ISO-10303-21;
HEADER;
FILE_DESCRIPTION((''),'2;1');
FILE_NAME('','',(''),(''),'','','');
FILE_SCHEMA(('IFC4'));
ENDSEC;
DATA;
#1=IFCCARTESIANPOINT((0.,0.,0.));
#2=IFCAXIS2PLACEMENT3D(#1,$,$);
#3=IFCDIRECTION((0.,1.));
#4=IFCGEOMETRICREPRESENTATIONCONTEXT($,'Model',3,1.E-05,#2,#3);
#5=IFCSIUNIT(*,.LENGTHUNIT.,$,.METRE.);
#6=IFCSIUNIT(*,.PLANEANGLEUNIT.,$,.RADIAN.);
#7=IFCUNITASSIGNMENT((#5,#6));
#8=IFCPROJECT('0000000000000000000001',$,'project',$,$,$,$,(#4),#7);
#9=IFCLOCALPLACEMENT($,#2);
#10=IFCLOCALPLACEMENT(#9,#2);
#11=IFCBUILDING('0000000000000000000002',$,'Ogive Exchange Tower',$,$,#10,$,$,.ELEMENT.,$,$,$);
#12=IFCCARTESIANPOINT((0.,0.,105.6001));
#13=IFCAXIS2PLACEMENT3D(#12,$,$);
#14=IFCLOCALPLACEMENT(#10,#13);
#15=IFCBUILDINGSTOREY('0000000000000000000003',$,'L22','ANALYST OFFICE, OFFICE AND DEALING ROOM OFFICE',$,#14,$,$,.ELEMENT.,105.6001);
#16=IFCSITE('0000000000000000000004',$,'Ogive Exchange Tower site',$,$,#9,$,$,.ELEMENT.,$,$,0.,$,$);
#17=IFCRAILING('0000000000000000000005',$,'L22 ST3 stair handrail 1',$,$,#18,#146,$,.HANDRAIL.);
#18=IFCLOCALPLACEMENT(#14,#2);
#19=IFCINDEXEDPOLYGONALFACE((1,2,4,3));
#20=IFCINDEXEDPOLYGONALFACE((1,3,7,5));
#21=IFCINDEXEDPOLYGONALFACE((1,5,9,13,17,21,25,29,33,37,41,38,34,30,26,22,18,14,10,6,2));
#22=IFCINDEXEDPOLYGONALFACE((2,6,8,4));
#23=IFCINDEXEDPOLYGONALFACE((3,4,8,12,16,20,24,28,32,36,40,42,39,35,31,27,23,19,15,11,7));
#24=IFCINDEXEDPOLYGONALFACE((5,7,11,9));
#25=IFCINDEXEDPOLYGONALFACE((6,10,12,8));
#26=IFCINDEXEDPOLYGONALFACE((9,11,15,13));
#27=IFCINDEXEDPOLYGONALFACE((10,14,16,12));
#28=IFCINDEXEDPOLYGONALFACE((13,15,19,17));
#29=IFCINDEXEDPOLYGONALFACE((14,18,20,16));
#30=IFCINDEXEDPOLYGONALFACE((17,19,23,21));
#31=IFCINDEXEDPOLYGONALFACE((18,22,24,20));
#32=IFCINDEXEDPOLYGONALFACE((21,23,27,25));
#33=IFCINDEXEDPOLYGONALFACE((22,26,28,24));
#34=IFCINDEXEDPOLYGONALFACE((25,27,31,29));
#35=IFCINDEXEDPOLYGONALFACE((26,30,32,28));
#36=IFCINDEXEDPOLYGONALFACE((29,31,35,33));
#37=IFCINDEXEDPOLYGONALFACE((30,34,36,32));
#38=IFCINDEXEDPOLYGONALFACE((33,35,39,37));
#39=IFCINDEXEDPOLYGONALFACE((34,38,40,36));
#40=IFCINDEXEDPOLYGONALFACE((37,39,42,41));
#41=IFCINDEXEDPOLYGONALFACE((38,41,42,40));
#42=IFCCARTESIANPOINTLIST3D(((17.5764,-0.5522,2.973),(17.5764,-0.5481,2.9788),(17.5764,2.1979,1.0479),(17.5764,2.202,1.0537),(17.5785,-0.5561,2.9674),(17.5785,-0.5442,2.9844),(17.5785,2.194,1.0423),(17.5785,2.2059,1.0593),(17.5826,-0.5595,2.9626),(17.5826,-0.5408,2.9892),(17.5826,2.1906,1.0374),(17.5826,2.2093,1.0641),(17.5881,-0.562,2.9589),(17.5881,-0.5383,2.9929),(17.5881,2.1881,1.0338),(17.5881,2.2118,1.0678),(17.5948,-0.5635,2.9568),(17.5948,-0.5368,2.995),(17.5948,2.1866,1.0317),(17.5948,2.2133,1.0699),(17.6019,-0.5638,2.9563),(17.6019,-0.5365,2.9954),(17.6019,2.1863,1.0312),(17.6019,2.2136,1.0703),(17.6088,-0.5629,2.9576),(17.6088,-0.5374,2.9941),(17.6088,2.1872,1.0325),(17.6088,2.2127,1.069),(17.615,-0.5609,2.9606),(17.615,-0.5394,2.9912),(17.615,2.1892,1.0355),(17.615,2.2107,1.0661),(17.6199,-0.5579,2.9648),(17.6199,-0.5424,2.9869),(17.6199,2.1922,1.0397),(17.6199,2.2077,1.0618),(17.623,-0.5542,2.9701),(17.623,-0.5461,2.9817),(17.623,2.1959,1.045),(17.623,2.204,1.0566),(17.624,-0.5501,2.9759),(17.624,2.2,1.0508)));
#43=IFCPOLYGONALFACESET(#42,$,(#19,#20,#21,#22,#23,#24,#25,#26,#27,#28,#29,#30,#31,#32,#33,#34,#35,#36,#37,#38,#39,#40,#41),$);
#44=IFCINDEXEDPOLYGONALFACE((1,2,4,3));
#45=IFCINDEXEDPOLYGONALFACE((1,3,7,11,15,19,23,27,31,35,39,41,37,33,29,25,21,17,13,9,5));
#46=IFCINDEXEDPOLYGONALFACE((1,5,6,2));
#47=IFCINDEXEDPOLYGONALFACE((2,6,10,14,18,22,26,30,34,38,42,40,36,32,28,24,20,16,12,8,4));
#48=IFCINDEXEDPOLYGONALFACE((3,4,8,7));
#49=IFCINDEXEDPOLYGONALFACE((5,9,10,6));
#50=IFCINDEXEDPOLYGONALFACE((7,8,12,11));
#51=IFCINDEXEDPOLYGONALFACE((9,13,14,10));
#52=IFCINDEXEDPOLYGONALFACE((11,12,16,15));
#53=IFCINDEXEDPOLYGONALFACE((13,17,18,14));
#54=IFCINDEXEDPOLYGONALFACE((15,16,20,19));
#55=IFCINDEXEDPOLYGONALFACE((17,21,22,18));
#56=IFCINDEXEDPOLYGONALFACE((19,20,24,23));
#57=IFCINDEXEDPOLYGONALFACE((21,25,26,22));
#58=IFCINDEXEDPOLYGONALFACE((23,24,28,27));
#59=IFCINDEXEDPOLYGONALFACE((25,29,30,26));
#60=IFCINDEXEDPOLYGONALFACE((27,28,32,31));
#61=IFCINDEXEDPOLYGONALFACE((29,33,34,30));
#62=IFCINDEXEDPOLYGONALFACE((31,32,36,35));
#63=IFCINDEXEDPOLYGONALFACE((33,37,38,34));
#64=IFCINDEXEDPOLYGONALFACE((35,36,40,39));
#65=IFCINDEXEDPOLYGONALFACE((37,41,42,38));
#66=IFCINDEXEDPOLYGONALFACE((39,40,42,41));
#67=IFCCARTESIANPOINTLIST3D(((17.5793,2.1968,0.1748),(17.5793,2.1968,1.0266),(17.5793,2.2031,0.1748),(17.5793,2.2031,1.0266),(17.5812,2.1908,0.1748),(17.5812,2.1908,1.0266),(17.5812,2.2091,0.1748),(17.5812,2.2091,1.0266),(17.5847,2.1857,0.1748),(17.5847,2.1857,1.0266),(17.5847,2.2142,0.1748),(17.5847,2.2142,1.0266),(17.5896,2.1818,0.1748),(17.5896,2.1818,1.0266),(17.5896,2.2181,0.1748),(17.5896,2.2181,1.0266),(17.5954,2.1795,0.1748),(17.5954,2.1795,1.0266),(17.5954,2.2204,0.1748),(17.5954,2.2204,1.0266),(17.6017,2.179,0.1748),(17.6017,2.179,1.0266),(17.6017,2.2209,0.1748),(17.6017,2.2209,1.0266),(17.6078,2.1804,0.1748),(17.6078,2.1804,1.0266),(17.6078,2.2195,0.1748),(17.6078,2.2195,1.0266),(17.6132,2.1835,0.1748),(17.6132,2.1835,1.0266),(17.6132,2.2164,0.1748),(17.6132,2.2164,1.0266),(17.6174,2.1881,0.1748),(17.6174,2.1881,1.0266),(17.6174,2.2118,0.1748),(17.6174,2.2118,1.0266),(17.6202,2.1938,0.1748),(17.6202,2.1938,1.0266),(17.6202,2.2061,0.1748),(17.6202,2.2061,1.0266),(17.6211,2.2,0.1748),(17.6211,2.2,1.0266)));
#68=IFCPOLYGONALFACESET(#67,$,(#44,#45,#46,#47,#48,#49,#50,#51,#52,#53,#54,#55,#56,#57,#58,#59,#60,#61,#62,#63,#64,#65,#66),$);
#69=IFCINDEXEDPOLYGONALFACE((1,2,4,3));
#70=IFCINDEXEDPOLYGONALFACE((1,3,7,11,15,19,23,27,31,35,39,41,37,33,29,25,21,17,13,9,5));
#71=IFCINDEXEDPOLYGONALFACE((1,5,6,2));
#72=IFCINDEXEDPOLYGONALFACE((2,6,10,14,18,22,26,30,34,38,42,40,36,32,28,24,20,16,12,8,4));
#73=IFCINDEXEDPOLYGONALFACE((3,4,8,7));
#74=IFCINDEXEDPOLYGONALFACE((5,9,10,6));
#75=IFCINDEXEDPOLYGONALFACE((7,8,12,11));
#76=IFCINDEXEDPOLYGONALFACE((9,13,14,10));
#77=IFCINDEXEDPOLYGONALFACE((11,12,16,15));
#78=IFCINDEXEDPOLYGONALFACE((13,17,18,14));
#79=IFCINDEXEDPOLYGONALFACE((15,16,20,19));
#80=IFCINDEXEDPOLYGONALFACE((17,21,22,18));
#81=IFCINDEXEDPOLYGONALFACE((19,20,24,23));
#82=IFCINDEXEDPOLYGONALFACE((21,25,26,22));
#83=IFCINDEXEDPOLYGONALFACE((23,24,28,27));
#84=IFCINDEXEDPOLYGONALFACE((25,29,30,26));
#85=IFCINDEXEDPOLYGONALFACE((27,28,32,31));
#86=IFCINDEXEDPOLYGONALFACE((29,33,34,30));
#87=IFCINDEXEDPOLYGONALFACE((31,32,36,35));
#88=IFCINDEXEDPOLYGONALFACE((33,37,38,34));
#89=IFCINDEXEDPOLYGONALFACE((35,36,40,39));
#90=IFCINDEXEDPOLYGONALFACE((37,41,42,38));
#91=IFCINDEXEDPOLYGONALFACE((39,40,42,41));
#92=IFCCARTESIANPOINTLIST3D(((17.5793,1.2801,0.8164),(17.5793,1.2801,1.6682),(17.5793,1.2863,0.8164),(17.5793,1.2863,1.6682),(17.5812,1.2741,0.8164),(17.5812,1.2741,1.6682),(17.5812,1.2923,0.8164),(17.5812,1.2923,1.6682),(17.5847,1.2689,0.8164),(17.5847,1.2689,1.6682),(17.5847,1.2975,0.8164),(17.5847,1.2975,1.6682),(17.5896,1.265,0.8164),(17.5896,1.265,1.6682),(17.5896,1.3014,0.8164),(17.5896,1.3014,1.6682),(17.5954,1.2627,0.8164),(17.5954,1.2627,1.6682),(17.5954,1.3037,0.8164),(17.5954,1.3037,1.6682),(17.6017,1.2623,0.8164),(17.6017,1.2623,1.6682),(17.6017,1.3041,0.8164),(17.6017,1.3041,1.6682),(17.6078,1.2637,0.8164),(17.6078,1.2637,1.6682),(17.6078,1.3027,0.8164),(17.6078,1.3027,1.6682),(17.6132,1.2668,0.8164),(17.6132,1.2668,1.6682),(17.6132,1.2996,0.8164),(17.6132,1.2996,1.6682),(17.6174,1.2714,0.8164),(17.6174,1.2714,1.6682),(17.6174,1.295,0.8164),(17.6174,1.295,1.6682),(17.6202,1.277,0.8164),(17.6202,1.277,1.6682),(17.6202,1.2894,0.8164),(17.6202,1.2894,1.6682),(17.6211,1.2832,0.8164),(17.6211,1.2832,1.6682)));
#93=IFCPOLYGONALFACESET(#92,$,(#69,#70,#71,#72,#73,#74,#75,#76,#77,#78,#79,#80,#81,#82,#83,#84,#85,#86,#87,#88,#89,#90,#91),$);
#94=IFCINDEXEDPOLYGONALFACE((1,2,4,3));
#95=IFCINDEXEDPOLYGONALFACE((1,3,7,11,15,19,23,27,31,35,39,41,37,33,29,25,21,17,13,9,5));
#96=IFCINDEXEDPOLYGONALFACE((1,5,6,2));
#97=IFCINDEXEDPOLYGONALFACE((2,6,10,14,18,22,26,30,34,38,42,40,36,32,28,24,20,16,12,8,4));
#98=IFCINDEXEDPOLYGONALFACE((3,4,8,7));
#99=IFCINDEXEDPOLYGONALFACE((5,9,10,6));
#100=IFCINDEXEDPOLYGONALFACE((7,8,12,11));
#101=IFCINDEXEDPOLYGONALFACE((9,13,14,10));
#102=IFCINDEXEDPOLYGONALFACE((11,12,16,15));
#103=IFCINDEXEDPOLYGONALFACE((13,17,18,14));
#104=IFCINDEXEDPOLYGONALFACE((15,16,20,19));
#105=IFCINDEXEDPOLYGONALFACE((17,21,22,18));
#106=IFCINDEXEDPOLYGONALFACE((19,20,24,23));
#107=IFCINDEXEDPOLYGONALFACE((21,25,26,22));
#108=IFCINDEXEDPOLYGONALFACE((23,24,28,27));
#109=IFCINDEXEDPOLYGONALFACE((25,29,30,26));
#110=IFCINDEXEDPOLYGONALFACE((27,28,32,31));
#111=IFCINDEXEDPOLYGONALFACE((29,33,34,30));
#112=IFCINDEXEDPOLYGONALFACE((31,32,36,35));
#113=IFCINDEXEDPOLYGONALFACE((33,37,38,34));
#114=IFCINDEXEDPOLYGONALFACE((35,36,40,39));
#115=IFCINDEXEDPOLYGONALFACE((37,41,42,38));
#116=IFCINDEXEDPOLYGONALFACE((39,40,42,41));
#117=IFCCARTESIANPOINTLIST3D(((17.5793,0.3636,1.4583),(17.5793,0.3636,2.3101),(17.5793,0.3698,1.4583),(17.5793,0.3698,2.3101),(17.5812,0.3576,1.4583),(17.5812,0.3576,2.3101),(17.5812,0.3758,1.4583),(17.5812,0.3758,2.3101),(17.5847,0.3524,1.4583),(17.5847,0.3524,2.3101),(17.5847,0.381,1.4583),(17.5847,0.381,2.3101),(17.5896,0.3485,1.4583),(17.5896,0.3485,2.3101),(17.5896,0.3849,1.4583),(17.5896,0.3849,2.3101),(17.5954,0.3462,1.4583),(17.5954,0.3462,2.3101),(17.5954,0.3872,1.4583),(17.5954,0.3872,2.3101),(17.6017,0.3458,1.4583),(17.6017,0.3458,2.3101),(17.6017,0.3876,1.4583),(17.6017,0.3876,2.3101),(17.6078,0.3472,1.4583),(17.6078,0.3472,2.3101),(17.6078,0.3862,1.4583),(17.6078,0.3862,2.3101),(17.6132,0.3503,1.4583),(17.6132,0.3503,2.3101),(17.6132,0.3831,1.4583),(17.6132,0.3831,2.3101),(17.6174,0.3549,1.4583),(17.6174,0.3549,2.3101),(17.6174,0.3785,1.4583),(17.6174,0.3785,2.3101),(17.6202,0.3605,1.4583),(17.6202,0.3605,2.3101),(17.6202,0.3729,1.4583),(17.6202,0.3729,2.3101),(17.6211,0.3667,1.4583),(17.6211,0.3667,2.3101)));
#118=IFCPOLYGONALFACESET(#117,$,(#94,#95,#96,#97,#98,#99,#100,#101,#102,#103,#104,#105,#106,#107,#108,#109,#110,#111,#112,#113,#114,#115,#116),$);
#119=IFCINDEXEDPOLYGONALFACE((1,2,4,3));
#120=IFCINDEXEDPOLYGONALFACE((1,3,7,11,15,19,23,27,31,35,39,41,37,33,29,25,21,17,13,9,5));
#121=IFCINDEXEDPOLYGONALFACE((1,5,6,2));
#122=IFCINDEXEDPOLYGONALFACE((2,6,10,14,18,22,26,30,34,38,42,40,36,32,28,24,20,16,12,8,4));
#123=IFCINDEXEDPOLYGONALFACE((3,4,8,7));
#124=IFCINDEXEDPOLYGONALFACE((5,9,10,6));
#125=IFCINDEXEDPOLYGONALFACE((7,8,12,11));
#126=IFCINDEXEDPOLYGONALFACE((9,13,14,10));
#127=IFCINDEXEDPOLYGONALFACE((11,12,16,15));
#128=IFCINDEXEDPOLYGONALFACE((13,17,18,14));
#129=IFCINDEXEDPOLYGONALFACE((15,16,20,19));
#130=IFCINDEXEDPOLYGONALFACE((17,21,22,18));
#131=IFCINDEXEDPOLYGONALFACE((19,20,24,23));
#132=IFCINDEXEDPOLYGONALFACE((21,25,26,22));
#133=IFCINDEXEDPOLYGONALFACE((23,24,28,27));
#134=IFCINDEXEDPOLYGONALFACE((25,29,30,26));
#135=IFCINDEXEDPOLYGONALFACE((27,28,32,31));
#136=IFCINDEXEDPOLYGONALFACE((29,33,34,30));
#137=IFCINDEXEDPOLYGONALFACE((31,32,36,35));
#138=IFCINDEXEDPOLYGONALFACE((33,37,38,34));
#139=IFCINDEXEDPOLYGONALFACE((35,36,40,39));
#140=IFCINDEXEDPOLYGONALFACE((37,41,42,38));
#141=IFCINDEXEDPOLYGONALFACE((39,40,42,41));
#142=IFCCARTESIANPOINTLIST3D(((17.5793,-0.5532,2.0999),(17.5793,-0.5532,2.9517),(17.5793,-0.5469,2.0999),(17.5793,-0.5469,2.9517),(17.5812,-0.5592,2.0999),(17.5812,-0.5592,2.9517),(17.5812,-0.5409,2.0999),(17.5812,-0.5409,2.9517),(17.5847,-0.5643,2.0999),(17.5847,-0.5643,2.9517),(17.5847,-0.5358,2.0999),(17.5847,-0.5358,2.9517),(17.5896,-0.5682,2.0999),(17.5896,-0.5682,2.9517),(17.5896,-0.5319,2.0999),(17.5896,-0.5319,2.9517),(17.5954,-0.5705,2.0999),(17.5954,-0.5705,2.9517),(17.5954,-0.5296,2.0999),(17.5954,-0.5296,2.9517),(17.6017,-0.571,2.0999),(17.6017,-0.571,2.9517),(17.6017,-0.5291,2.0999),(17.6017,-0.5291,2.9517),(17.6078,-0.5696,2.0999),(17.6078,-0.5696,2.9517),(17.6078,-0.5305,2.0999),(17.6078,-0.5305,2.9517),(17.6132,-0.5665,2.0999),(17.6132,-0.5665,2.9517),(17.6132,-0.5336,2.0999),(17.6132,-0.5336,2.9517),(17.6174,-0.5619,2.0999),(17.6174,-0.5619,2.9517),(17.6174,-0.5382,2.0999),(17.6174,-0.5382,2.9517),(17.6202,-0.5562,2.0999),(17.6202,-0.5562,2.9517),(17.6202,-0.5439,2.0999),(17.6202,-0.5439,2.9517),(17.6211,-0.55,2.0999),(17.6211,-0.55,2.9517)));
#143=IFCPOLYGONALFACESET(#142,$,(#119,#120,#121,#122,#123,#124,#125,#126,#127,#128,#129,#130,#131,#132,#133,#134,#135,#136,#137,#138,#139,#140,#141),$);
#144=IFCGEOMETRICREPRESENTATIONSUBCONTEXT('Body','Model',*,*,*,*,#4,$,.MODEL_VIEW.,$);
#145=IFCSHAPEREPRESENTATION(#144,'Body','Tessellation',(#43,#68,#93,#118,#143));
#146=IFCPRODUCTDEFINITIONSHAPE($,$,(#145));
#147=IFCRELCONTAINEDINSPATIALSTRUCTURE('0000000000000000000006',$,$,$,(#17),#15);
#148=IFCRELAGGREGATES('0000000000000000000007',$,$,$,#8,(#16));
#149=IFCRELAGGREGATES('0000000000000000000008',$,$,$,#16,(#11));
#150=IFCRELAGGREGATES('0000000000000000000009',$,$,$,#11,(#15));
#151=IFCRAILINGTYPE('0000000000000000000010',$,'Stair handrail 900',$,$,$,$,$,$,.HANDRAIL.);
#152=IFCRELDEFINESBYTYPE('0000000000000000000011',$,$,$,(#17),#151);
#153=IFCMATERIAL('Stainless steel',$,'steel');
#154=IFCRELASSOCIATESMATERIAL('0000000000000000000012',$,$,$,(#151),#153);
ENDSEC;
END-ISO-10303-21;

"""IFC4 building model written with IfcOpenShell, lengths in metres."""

from ifc_helpers import new_model, si_unit, direction, frame, origin, origin_2d, place, context, subcontext, project, spatial, circle, extrude, material, type_object, element, save


model = new_model("IFC4")

# Units and contexts
model_context = context("Model", 3, precision=1e-05, world=origin(), true_north=direction((0.0, 1.0)))
body_context = subcontext(model_context, "Body", "Model", "MODEL_VIEW")
ifc_project = project(units=[si_unit("LENGTHUNIT", "METRE"), si_unit("PLANEANGLEUNIT", "RADIAN")], contexts=[model_context])

# Site, building, storey
site_placement = place(None, origin())
site = spatial("IfcSite", under=ifc_project, at=site_placement, Name="Ogive Exchange Tower site", CompositionType="ELEMENT", RefElevation=0.0)
building_placement = place(site_placement, origin())
building = spatial("IfcBuilding", under=site, at=building_placement, Name="Ogive Exchange Tower", CompositionType="ELEMENT")
storey_placement = place(building_placement, frame((0.0, 0.0, 105.6001)))
storey = spatial("IfcBuildingStorey", under=building, at=storey_placement, Name="L22", Description="ANALYST OFFICE, OFFICE AND DEALING ROOM OFFICE", CompositionType="ELEMENT", Elevation=105.6001)

# Shared definitions
ifc_material_1 = material(Name="Stainless steel", Category="steel")

# Railing
railing_type = type_object("IfcRailingType", Name="Stair handrail 900", PredefinedType="HANDRAIL", material=ifc_material_1)
railing_1_placement = place(storey_placement, frame((17.6001, 2.2, 0.1748)))
element("IfcRailing", 1, at=railing_1_placement, inside=storey, type_object=railing_type, Name="L22 ST3 stair handrail 1", PredefinedType="HANDRAIL", context=body_context, shape_type="SweptSolid", body=[
    extrude(circle(Radius=0.0239, at=origin_2d()), frame((0.0, 0.0, 0.876), z_axis=(0.0, -0.819225, 0.573472), x_axis=(1.0, 0.0, 0.0)), (0.0, 0.0, 1.0), 3.3569),
    extrude(circle(Radius=0.021, at=origin_2d()), origin(), (0.0, 0.0, 1.0), 0.8518),
    extrude(circle(Radius=0.021, at=origin_2d()), frame((0.0, -0.9167, 0.6416)), (0.0, 0.0, 1.0), 0.8518),
    extrude(circle(Radius=0.021, at=origin_2d()), frame((0.0, -1.8333, 1.2834)), (0.0, 0.0, 1.0), 0.8518),
    extrude(circle(Radius=0.021, at=origin_2d()), frame((0.0, -2.75, 1.925)), (0.0, 0.0, 1.0), 0.8518),
])

save(model, "model.ifc")
